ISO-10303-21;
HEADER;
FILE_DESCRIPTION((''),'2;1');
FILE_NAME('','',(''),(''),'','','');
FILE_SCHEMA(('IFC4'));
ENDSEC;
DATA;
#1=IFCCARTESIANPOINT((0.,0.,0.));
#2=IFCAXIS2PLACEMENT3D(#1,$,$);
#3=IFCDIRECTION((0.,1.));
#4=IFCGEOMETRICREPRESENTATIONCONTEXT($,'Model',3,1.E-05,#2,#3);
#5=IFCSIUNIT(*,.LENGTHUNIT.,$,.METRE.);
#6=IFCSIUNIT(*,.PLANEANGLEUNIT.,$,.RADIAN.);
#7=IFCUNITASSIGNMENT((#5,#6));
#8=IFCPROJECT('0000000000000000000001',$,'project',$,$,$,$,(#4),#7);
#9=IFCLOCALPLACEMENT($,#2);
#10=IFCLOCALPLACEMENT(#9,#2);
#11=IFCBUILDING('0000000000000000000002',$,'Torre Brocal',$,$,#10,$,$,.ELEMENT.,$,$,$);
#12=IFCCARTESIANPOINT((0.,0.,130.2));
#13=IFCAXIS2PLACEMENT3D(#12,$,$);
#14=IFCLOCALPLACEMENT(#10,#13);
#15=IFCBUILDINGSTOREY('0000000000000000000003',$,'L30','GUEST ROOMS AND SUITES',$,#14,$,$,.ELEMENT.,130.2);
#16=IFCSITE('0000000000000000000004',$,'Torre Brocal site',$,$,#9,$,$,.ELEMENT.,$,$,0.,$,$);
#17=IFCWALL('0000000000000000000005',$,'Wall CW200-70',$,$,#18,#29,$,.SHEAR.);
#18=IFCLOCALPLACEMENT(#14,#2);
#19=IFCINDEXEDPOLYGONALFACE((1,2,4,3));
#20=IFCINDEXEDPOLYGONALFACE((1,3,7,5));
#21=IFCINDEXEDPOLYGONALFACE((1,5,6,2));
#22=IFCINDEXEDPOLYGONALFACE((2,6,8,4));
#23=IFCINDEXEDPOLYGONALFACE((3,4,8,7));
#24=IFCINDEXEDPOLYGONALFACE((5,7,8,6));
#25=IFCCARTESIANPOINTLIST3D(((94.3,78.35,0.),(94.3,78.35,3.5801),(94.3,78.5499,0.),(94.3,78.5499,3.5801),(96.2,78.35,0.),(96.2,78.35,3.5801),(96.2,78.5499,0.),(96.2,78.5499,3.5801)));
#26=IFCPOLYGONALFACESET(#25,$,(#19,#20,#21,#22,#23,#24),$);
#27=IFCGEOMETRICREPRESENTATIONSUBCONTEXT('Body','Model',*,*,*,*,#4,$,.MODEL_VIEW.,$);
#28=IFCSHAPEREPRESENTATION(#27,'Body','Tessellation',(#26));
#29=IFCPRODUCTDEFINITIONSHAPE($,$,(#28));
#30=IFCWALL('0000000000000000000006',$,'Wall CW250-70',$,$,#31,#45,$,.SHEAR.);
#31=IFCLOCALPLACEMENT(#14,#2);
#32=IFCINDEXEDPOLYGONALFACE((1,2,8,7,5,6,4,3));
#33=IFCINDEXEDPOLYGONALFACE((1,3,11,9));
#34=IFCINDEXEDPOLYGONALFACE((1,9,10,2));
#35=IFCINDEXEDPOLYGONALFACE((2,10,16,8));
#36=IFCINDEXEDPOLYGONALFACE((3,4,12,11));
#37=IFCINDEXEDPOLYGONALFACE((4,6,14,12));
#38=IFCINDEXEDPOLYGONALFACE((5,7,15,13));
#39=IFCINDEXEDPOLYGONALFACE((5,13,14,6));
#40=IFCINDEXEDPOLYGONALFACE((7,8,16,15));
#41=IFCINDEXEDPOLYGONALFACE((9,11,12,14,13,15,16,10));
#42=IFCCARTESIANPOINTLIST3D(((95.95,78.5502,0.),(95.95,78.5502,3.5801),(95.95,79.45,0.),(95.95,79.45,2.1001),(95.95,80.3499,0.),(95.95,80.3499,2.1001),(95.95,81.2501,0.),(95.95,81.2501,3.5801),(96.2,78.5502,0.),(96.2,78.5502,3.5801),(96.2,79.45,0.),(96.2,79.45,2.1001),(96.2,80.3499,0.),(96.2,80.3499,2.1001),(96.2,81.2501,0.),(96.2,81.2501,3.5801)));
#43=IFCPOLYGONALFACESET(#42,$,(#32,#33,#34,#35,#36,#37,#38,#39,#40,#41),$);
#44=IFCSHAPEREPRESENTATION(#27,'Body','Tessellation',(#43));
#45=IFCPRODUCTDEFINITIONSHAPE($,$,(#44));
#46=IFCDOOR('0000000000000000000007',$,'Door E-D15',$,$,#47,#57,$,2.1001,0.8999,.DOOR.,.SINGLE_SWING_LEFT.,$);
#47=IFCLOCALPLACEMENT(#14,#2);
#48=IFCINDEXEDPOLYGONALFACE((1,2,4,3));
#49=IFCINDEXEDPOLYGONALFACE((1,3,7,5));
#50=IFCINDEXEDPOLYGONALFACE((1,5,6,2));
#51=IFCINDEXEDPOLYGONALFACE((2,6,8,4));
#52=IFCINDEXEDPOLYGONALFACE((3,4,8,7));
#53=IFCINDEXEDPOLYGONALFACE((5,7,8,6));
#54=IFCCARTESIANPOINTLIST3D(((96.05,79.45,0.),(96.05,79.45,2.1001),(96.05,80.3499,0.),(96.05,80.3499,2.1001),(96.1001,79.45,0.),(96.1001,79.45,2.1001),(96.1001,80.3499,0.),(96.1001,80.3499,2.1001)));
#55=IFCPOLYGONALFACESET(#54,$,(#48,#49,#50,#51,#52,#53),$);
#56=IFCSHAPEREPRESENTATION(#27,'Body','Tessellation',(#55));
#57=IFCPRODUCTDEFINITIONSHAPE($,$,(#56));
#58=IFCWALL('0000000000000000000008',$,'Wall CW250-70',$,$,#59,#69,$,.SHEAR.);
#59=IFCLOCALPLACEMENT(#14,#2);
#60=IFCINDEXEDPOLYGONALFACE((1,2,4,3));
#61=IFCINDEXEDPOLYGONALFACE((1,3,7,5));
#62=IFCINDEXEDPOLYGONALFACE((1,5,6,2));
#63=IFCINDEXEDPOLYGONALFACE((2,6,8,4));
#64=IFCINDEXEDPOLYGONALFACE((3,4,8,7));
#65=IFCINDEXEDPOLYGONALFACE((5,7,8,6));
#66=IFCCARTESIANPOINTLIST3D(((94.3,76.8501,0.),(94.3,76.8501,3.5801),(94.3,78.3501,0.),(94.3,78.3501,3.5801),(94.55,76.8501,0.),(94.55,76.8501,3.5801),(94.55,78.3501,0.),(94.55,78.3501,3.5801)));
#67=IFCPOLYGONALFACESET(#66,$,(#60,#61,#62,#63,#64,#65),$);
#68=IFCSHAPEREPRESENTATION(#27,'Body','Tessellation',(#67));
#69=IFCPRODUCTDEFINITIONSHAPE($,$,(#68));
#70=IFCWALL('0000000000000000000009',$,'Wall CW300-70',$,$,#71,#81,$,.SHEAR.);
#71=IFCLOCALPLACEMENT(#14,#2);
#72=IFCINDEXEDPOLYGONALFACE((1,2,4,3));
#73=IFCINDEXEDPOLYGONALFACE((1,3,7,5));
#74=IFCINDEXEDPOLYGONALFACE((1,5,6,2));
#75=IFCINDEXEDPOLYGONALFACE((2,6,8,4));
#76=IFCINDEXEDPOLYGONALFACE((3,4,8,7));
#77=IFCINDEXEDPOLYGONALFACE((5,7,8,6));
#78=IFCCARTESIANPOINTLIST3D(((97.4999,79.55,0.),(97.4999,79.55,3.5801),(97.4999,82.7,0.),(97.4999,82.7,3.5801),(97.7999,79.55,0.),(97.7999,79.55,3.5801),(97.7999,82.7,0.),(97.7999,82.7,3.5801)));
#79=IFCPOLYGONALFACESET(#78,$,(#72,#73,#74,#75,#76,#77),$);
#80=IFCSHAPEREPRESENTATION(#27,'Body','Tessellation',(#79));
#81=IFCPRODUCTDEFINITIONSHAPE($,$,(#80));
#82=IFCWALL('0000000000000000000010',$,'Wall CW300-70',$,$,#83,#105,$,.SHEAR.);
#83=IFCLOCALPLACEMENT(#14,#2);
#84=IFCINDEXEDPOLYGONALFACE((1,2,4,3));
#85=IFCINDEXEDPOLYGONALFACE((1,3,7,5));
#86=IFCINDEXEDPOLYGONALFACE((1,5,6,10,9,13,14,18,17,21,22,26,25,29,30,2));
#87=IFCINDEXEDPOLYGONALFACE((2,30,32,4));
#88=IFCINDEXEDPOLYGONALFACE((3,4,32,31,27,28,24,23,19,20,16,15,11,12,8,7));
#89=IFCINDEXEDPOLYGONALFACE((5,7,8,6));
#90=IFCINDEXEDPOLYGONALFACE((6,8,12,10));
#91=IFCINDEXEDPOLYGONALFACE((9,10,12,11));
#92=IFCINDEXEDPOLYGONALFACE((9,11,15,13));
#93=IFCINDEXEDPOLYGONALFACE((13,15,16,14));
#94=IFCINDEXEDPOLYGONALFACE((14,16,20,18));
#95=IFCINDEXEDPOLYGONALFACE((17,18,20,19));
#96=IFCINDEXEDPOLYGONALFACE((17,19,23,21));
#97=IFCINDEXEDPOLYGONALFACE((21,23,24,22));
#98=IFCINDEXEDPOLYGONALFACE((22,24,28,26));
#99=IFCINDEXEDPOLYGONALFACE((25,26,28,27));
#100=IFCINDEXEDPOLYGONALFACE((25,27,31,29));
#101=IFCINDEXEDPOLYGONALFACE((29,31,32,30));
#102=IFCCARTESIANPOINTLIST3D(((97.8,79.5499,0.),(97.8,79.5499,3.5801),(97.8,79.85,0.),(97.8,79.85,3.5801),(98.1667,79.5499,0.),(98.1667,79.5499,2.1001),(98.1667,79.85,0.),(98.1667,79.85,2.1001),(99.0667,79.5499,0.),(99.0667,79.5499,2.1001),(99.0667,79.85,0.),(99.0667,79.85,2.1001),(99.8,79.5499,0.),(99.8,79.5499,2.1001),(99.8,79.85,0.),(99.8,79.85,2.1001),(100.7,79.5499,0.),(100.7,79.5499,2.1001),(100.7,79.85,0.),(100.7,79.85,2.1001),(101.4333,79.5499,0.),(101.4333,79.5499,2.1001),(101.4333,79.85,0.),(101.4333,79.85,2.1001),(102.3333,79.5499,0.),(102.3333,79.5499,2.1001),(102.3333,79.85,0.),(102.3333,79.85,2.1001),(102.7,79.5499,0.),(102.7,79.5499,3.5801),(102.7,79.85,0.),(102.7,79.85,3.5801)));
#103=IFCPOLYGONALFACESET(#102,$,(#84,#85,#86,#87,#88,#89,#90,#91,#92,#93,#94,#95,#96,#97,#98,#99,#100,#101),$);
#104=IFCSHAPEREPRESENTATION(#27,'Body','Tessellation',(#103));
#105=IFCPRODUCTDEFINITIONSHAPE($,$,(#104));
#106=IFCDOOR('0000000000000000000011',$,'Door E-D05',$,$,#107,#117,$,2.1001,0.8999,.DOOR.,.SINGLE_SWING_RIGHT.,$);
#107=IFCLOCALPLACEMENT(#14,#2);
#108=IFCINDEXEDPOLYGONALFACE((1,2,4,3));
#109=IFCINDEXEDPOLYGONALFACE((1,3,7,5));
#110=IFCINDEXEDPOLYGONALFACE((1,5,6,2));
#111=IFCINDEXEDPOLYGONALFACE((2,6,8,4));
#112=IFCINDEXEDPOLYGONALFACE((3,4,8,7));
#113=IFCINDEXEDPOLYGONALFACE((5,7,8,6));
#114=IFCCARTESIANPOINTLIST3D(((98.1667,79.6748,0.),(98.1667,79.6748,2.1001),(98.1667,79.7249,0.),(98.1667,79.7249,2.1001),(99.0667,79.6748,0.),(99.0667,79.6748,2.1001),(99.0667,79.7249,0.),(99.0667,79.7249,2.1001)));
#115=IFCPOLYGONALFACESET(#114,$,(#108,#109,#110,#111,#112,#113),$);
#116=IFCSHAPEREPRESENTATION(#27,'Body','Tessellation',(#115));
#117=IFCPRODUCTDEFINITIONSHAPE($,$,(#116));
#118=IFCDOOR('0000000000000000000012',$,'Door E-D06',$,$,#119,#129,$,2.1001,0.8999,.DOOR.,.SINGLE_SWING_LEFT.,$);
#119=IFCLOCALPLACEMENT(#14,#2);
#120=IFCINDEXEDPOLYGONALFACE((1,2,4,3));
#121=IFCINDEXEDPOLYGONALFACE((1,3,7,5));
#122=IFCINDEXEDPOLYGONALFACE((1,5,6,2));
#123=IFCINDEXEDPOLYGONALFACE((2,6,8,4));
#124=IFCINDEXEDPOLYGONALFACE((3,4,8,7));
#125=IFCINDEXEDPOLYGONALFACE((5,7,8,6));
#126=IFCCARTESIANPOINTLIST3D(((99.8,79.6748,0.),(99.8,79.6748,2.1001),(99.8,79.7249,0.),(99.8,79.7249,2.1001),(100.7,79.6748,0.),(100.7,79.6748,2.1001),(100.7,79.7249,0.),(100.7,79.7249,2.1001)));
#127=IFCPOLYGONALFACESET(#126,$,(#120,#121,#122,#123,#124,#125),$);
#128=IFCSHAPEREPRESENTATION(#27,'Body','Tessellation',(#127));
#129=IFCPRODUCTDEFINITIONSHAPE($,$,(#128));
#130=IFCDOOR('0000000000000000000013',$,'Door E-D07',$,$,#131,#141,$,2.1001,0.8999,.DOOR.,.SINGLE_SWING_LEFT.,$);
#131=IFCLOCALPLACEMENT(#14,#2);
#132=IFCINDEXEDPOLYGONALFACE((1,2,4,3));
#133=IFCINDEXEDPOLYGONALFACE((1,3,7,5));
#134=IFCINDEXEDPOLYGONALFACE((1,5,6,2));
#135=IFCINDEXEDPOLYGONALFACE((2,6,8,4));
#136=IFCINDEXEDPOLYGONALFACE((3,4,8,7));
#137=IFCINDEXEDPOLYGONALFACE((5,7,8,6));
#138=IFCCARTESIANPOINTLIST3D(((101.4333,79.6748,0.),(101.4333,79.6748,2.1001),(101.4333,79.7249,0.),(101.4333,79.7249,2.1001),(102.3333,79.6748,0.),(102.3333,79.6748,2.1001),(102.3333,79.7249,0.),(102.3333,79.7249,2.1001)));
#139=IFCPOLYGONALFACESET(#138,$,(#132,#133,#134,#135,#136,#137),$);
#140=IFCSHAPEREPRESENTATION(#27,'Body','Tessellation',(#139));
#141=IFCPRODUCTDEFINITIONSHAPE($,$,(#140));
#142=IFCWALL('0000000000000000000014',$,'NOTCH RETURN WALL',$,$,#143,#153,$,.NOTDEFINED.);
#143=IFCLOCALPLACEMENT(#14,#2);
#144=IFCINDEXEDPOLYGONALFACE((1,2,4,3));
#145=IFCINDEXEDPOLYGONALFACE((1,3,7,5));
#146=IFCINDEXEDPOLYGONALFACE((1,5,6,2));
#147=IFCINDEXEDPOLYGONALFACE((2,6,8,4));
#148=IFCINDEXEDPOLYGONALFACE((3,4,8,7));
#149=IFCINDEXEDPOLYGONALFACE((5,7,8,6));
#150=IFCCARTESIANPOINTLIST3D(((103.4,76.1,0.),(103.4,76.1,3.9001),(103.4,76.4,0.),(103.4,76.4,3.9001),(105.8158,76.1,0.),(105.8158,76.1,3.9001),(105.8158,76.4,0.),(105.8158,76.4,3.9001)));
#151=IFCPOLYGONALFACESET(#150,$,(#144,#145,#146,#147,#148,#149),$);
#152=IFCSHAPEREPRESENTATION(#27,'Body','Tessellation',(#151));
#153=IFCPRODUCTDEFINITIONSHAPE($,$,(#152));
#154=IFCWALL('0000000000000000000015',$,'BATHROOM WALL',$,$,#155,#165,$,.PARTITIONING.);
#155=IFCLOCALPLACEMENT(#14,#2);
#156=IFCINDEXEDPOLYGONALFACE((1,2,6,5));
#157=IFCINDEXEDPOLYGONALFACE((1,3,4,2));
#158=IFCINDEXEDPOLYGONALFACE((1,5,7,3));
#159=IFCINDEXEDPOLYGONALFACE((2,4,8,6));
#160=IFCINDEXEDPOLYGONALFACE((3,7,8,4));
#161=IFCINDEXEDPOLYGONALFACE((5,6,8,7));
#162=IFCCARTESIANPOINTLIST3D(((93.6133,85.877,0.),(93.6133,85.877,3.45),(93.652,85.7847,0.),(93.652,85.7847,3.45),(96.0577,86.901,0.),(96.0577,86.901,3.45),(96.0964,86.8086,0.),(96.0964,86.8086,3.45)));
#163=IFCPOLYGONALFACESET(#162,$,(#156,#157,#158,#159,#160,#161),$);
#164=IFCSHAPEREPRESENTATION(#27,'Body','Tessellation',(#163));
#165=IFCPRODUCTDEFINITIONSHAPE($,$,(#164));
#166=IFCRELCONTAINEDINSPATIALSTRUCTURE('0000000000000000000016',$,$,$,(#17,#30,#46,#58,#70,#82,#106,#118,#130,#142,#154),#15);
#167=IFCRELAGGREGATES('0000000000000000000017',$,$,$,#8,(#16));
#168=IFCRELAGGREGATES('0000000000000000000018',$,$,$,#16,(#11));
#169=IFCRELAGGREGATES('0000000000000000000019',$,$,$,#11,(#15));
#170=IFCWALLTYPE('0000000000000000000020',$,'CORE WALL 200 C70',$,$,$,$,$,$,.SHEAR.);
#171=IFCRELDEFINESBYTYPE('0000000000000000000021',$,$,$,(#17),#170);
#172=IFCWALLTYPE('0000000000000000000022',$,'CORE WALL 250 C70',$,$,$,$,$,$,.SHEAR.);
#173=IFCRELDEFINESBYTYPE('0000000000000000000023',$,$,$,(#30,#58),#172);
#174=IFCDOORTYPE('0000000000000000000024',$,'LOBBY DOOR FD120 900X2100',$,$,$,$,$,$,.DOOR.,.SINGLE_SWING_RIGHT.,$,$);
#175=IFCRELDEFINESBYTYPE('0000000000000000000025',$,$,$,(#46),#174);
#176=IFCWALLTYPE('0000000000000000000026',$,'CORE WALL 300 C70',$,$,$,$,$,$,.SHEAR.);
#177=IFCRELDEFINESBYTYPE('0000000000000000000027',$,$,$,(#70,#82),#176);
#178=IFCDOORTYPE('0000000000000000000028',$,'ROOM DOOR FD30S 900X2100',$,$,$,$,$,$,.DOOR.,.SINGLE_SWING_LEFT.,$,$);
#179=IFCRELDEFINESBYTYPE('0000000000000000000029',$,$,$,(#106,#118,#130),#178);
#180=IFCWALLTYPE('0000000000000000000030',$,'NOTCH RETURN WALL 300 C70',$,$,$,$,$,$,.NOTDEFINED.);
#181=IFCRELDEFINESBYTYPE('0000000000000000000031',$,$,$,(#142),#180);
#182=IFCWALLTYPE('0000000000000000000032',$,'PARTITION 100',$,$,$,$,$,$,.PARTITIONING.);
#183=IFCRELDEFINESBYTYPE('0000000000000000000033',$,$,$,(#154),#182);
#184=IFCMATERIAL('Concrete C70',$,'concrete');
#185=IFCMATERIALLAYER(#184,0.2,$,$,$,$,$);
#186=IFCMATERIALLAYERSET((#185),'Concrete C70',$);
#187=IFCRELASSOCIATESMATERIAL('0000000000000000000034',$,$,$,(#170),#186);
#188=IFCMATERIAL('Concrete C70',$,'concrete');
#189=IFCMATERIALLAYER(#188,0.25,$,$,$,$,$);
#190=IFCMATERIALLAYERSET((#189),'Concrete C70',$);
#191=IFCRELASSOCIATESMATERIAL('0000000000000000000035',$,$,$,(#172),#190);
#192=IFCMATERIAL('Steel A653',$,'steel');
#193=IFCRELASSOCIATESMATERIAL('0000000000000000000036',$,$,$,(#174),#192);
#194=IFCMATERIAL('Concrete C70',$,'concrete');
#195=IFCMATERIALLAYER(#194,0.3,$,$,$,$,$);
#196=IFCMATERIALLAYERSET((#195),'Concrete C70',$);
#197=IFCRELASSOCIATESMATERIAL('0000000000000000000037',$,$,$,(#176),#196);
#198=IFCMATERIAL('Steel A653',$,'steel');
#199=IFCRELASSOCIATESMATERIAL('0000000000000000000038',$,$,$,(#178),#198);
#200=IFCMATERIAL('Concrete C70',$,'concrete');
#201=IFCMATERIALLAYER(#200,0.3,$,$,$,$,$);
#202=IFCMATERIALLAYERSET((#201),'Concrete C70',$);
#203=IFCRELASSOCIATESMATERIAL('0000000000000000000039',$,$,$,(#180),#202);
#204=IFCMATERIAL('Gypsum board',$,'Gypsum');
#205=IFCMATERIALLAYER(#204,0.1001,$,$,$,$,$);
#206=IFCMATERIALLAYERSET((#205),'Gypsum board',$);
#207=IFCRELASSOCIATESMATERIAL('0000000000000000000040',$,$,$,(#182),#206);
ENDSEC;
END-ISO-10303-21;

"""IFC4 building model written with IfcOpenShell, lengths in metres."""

from ifc_helpers import new_model, si_unit, direction, frame, frame_2d, origin, place, context, subcontext, project, spatial, rectangle, extrude, material, layer, layer_set, type_object, element, fill, save


model = new_model("IFC4")

# Units and contexts
model_context = context("Model", 3, precision=1e-05, world=origin(), true_north=direction((0.0, 1.0)))
body_context = subcontext(model_context, "Body", "Model", "MODEL_VIEW")
ifc_project = project(units=[si_unit("LENGTHUNIT", "METRE"), si_unit("PLANEANGLEUNIT", "RADIAN")], contexts=[model_context])

# Site, building, storey
site_placement = place(None, origin())
site = spatial("IfcSite", under=ifc_project, at=site_placement, Name="Torre Brocal site", CompositionType="ELEMENT", RefElevation=0.0)
building_placement = place(site_placement, origin())
building = spatial("IfcBuilding", under=site, at=building_placement, Name="Torre Brocal", CompositionType="ELEMENT")
storey_placement = place(building_placement, frame((0.0, 0.0, 130.2)))
storey = spatial("IfcBuildingStorey", under=building, at=storey_placement, Name="L30", Description="GUEST ROOMS AND SUITES", CompositionType="ELEMENT", Elevation=130.2)

# Wall
ifc_material_1 = material(Name="Concrete C70", Category="concrete")
ifc_layer_1 = layer(ifc_material_1, 0.2)
ifc_layer_set_1 = layer_set([ifc_layer_1], Name="Concrete C70")
wall_type_1 = type_object("IfcWallType", Name="CORE WALL 200 C70", PredefinedType="SHEAR", material=ifc_layer_set_1)
wall_1_placement = place(storey_placement, frame((94.3, 78.45, 0.0), z_axis=(0.0, 0.0, 1.0), x_axis=(1.0, 0.0, 0.0)))
element("IfcWall", 1, at=wall_1_placement, inside=storey, type_object=wall_type_1, Name="Wall CW200-70", PredefinedType="SHEAR", context=body_context, shape_type="SweptSolid", body=[
    extrude(rectangle(XDim=1.8999, YDim=0.2, at=frame_2d((0.95, 0.0))), origin(), (0.0, 0.0, 1.0), 3.5801),
])

# Wall, opening, door
ifc_material_2 = material(Name="Concrete C70", Category="concrete")
ifc_layer_2 = layer(ifc_material_2, 0.25)
ifc_layer_set_2 = layer_set([ifc_layer_2], Name="Concrete C70")
wall_type_2 = type_object("IfcWallType", Name="CORE WALL 250 C70", PredefinedType="SHEAR", material=ifc_layer_set_2)
wall_2_placement = place(storey_placement, frame((96.075, 78.55, 0.0), z_axis=(0.0, 0.0, 1.0), x_axis=(0.0, 1.0, 0.0)))
wall_2 = element("IfcWall", 2, at=wall_2_placement, inside=storey, type_object=wall_type_2, Name="Wall CW250-70", PredefinedType="SHEAR", context=body_context, shape_type="SweptSolid", body=[
    extrude(rectangle(XDim=2.7, YDim=0.25, at=frame_2d((1.3501, 0.0))), origin(), (0.0, 0.0, 1.0), 3.5801),
])
opening_1_placement = place(wall_2_placement, frame((0.8999, 0.0, 0.0)))
opening_1 = element("IfcOpeningElement", 3, at=opening_1_placement, cuts=wall_2, PredefinedType="OPENING", context=body_context, shape_type="SweptSolid", body=[
    extrude(rectangle(XDim=0.8999, YDim=2.1001, at=frame_2d((0.45, 1.05))), frame((0.0, 0.135, 0.0), z_axis=(0.0, -1.0, 0.0), x_axis=(1.0, 0.0, 0.0)), (0.0, 0.0, 1.0), 0.27),
])
ifc_material_3 = material(Name="Steel A653", Category="steel")
door_type_1 = type_object("IfcDoorType", Name="LOBBY DOOR FD120 900X2100", OperationType="SINGLE_SWING_RIGHT", PredefinedType="DOOR", material=ifc_material_3)
door_1_placement = place(opening_1_placement, origin())
door_1 = element("IfcDoor", 4, at=door_1_placement, inside=storey, type_object=door_type_1, Name="Door E-D15", OperationType="SINGLE_SWING_LEFT", OverallHeight=2.1001, OverallWidth=0.8999, PredefinedType="DOOR", context=body_context, shape_type="SweptSolid", body=[
    extrude(rectangle(XDim=0.8999, YDim=2.1001, at=frame_2d((0.45, 1.05))), frame((0.0, 0.0249, 0.0), z_axis=(0.0, -1.0, 0.0), x_axis=(1.0, 0.0, 0.0)), (0.0, 0.0, 1.0), 0.05),
])
fill(opening_1, door_1)

# Walls
wall_3_placement = place(storey_placement, frame((94.425, 76.8501, 0.0), z_axis=(0.0, 0.0, 1.0), x_axis=(0.0, 1.0, 0.0)))
element("IfcWall", 5, at=wall_3_placement, inside=storey, type_object=wall_type_2, Name="Wall CW250-70", PredefinedType="SHEAR", context=body_context, shape_type="SweptSolid", body=[
    extrude(rectangle(XDim=1.5, YDim=0.25, at=frame_2d((0.75, 0.0))), origin(), (0.0, 0.0, 1.0), 3.5801),
])
ifc_material_4 = material(Name="Concrete C70", Category="concrete")
ifc_layer_3 = layer(ifc_material_4, 0.3)
ifc_layer_set_3 = layer_set([ifc_layer_3], Name="Concrete C70")
wall_type_3 = type_object("IfcWallType", Name="CORE WALL 300 C70", PredefinedType="SHEAR", material=ifc_layer_set_3)
wall_4_placement = place(storey_placement, frame((97.6499, 79.55, 0.0), z_axis=(0.0, 0.0, 1.0), x_axis=(0.0, 1.0, 0.0)))
element("IfcWall", 6, at=wall_4_placement, inside=storey, type_object=wall_type_3, Name="Wall CW300-70", PredefinedType="SHEAR", context=body_context, shape_type="SweptSolid", body=[
    extrude(rectangle(XDim=3.1499, YDim=0.3, at=frame_2d((1.575, 0.0))), origin(), (0.0, 0.0, 1.0), 3.5801),
])

# Wall, openings, doors
wall_5_placement = place(storey_placement, frame((97.8, 79.7, 0.0), z_axis=(0.0, 0.0, 1.0), x_axis=(1.0, 0.0, 0.0)))
wall_5 = element("IfcWall", 7, at=wall_5_placement, inside=storey, type_object=wall_type_3, Name="Wall CW300-70", PredefinedType="SHEAR", context=body_context, shape_type="SweptSolid", body=[
    extrude(rectangle(XDim=4.8999, YDim=0.3, at=frame_2d((2.45, 0.0))), origin(), (0.0, 0.0, 1.0), 3.5801),
])
opening_2_placement = place(wall_5_placement, frame((0.3667, 0.0, 0.0)))
opening_2 = element("IfcOpeningElement", 8, at=opening_2_placement, cuts=wall_5, PredefinedType="OPENING", context=body_context, shape_type="SweptSolid", body=[
    extrude(rectangle(XDim=0.8999, YDim=2.1001, at=frame_2d((0.45, 1.05))), frame((0.0, 0.1599, 0.0), z_axis=(0.0, -1.0, 0.0), x_axis=(1.0, 0.0, 0.0)), (0.0, 0.0, 1.0), 0.3201),
])
opening_3_placement = place(wall_5_placement, frame((2.0, 0.0, 0.0)))
opening_3 = element("IfcOpeningElement", 9, at=opening_3_placement, cuts=wall_5, PredefinedType="OPENING", context=body_context, shape_type="SweptSolid", body=[
    extrude(rectangle(XDim=0.8999, YDim=2.1001, at=frame_2d((0.45, 1.05))), frame((0.0, 0.1599, 0.0), z_axis=(0.0, -1.0, 0.0), x_axis=(1.0, 0.0, 0.0)), (0.0, 0.0, 1.0), 0.3201),
])
opening_4_placement = place(wall_5_placement, frame((3.6333, 0.0, 0.0)))
opening_4 = element("IfcOpeningElement", 10, at=opening_4_placement, cuts=wall_5, PredefinedType="OPENING", context=body_context, shape_type="SweptSolid", body=[
    extrude(rectangle(XDim=0.8999, YDim=2.1001, at=frame_2d((0.45, 1.05))), frame((0.0, 0.1599, 0.0), z_axis=(0.0, -1.0, 0.0), x_axis=(1.0, 0.0, 0.0)), (0.0, 0.0, 1.0), 0.3201),
])
ifc_material_5 = material(Name="Steel A653", Category="steel")
door_type_2 = type_object("IfcDoorType", Name="ROOM DOOR FD30S 900X2100", OperationType="SINGLE_SWING_LEFT", PredefinedType="DOOR", material=ifc_material_5)
door_2_placement = place(opening_2_placement, origin())
door_2 = element("IfcDoor", 11, at=door_2_placement, inside=storey, type_object=door_type_2, Name="Door E-D05", OperationType="SINGLE_SWING_RIGHT", OverallHeight=2.1001, OverallWidth=0.8999, PredefinedType="DOOR", context=body_context, shape_type="SweptSolid", body=[
    extrude(rectangle(XDim=0.8999, YDim=2.1001, at=frame_2d((0.45, 1.05))), frame((0.0, 0.0249, 0.0), z_axis=(0.0, -1.0, 0.0), x_axis=(1.0, 0.0, 0.0)), (0.0, 0.0, 1.0), 0.05),
])
fill(opening_2, door_2)
door_3_placement = place(opening_3_placement, origin())
door_3 = element("IfcDoor", 12, at=door_3_placement, inside=storey, type_object=door_type_2, Name="Door E-D06", OperationType="SINGLE_SWING_LEFT", OverallHeight=2.1001, OverallWidth=0.8999, PredefinedType="DOOR", context=body_context, shape_type="SweptSolid", body=[
    extrude(rectangle(XDim=0.8999, YDim=2.1001, at=frame_2d((0.45, 1.05))), frame((0.0, 0.0249, 0.0), z_axis=(0.0, -1.0, 0.0), x_axis=(1.0, 0.0, 0.0)), (0.0, 0.0, 1.0), 0.05),
])
fill(opening_3, door_3)
door_4_placement = place(opening_4_placement, origin())
door_4 = element("IfcDoor", 13, at=door_4_placement, inside=storey, type_object=door_type_2, Name="Door E-D07", OperationType="SINGLE_SWING_LEFT", OverallHeight=2.1001, OverallWidth=0.8999, PredefinedType="DOOR", context=body_context, shape_type="SweptSolid", body=[
    extrude(rectangle(XDim=0.8999, YDim=2.1001, at=frame_2d((0.45, 1.05))), frame((0.0, 0.0249, 0.0), z_axis=(0.0, -1.0, 0.0), x_axis=(1.0, 0.0, 0.0)), (0.0, 0.0, 1.0), 0.05),
])
fill(opening_4, door_4)

# Walls
ifc_material_6 = material(Name="Concrete C70", Category="concrete")
ifc_layer_4 = layer(ifc_material_6, 0.3)
ifc_layer_set_4 = layer_set([ifc_layer_4], Name="Concrete C70")
wall_type_4 = type_object("IfcWallType", Name="NOTCH RETURN WALL 300 C70", PredefinedType="NOTDEFINED", material=ifc_layer_set_4)
wall_6_placement = place(storey_placement, frame((103.3999, 76.25, 0.0), z_axis=(0.0, 0.0, 1.0), x_axis=(1.0, 0.0, 0.0)))
element("IfcWall", 14, at=wall_6_placement, inside=storey, type_object=wall_type_4, Name="NOTCH RETURN WALL", PredefinedType="NOTDEFINED", context=body_context, shape_type="SweptSolid", body=[
    extrude(rectangle(XDim=2.4158, YDim=0.3, at=frame_2d((1.208, 0.0))), origin(), (0.0, 0.0, 1.0), 3.9001),
])
ifc_material_7 = material(Name="Gypsum board", Category="Gypsum")
ifc_layer_5 = layer(ifc_material_7, 0.1001)
ifc_layer_set_5 = layer_set([ifc_layer_5], Name="Gypsum board")
wall_type_5 = type_object("IfcWallType", Name="PARTITION 100", PredefinedType="PARTITIONING", material=ifc_layer_set_5)
wall_7_placement = place(storey_placement, frame((93.6326, 85.8308, 0.0), z_axis=(0.0, 0.0, 1.0), x_axis=(0.922345, 0.386368, 0.0)))
element("IfcWall", 15, at=wall_7_placement, inside=storey, type_object=wall_type_5, Name="BATHROOM WALL", PredefinedType="PARTITIONING", context=body_context, shape_type="SweptSolid", body=[
    extrude(rectangle(XDim=2.6501, YDim=0.1001, at=frame_2d((1.3252, 0.0))), origin(), (0.0, 0.0, 1.0), 3.45),
])

save(model, "model.ifc")
